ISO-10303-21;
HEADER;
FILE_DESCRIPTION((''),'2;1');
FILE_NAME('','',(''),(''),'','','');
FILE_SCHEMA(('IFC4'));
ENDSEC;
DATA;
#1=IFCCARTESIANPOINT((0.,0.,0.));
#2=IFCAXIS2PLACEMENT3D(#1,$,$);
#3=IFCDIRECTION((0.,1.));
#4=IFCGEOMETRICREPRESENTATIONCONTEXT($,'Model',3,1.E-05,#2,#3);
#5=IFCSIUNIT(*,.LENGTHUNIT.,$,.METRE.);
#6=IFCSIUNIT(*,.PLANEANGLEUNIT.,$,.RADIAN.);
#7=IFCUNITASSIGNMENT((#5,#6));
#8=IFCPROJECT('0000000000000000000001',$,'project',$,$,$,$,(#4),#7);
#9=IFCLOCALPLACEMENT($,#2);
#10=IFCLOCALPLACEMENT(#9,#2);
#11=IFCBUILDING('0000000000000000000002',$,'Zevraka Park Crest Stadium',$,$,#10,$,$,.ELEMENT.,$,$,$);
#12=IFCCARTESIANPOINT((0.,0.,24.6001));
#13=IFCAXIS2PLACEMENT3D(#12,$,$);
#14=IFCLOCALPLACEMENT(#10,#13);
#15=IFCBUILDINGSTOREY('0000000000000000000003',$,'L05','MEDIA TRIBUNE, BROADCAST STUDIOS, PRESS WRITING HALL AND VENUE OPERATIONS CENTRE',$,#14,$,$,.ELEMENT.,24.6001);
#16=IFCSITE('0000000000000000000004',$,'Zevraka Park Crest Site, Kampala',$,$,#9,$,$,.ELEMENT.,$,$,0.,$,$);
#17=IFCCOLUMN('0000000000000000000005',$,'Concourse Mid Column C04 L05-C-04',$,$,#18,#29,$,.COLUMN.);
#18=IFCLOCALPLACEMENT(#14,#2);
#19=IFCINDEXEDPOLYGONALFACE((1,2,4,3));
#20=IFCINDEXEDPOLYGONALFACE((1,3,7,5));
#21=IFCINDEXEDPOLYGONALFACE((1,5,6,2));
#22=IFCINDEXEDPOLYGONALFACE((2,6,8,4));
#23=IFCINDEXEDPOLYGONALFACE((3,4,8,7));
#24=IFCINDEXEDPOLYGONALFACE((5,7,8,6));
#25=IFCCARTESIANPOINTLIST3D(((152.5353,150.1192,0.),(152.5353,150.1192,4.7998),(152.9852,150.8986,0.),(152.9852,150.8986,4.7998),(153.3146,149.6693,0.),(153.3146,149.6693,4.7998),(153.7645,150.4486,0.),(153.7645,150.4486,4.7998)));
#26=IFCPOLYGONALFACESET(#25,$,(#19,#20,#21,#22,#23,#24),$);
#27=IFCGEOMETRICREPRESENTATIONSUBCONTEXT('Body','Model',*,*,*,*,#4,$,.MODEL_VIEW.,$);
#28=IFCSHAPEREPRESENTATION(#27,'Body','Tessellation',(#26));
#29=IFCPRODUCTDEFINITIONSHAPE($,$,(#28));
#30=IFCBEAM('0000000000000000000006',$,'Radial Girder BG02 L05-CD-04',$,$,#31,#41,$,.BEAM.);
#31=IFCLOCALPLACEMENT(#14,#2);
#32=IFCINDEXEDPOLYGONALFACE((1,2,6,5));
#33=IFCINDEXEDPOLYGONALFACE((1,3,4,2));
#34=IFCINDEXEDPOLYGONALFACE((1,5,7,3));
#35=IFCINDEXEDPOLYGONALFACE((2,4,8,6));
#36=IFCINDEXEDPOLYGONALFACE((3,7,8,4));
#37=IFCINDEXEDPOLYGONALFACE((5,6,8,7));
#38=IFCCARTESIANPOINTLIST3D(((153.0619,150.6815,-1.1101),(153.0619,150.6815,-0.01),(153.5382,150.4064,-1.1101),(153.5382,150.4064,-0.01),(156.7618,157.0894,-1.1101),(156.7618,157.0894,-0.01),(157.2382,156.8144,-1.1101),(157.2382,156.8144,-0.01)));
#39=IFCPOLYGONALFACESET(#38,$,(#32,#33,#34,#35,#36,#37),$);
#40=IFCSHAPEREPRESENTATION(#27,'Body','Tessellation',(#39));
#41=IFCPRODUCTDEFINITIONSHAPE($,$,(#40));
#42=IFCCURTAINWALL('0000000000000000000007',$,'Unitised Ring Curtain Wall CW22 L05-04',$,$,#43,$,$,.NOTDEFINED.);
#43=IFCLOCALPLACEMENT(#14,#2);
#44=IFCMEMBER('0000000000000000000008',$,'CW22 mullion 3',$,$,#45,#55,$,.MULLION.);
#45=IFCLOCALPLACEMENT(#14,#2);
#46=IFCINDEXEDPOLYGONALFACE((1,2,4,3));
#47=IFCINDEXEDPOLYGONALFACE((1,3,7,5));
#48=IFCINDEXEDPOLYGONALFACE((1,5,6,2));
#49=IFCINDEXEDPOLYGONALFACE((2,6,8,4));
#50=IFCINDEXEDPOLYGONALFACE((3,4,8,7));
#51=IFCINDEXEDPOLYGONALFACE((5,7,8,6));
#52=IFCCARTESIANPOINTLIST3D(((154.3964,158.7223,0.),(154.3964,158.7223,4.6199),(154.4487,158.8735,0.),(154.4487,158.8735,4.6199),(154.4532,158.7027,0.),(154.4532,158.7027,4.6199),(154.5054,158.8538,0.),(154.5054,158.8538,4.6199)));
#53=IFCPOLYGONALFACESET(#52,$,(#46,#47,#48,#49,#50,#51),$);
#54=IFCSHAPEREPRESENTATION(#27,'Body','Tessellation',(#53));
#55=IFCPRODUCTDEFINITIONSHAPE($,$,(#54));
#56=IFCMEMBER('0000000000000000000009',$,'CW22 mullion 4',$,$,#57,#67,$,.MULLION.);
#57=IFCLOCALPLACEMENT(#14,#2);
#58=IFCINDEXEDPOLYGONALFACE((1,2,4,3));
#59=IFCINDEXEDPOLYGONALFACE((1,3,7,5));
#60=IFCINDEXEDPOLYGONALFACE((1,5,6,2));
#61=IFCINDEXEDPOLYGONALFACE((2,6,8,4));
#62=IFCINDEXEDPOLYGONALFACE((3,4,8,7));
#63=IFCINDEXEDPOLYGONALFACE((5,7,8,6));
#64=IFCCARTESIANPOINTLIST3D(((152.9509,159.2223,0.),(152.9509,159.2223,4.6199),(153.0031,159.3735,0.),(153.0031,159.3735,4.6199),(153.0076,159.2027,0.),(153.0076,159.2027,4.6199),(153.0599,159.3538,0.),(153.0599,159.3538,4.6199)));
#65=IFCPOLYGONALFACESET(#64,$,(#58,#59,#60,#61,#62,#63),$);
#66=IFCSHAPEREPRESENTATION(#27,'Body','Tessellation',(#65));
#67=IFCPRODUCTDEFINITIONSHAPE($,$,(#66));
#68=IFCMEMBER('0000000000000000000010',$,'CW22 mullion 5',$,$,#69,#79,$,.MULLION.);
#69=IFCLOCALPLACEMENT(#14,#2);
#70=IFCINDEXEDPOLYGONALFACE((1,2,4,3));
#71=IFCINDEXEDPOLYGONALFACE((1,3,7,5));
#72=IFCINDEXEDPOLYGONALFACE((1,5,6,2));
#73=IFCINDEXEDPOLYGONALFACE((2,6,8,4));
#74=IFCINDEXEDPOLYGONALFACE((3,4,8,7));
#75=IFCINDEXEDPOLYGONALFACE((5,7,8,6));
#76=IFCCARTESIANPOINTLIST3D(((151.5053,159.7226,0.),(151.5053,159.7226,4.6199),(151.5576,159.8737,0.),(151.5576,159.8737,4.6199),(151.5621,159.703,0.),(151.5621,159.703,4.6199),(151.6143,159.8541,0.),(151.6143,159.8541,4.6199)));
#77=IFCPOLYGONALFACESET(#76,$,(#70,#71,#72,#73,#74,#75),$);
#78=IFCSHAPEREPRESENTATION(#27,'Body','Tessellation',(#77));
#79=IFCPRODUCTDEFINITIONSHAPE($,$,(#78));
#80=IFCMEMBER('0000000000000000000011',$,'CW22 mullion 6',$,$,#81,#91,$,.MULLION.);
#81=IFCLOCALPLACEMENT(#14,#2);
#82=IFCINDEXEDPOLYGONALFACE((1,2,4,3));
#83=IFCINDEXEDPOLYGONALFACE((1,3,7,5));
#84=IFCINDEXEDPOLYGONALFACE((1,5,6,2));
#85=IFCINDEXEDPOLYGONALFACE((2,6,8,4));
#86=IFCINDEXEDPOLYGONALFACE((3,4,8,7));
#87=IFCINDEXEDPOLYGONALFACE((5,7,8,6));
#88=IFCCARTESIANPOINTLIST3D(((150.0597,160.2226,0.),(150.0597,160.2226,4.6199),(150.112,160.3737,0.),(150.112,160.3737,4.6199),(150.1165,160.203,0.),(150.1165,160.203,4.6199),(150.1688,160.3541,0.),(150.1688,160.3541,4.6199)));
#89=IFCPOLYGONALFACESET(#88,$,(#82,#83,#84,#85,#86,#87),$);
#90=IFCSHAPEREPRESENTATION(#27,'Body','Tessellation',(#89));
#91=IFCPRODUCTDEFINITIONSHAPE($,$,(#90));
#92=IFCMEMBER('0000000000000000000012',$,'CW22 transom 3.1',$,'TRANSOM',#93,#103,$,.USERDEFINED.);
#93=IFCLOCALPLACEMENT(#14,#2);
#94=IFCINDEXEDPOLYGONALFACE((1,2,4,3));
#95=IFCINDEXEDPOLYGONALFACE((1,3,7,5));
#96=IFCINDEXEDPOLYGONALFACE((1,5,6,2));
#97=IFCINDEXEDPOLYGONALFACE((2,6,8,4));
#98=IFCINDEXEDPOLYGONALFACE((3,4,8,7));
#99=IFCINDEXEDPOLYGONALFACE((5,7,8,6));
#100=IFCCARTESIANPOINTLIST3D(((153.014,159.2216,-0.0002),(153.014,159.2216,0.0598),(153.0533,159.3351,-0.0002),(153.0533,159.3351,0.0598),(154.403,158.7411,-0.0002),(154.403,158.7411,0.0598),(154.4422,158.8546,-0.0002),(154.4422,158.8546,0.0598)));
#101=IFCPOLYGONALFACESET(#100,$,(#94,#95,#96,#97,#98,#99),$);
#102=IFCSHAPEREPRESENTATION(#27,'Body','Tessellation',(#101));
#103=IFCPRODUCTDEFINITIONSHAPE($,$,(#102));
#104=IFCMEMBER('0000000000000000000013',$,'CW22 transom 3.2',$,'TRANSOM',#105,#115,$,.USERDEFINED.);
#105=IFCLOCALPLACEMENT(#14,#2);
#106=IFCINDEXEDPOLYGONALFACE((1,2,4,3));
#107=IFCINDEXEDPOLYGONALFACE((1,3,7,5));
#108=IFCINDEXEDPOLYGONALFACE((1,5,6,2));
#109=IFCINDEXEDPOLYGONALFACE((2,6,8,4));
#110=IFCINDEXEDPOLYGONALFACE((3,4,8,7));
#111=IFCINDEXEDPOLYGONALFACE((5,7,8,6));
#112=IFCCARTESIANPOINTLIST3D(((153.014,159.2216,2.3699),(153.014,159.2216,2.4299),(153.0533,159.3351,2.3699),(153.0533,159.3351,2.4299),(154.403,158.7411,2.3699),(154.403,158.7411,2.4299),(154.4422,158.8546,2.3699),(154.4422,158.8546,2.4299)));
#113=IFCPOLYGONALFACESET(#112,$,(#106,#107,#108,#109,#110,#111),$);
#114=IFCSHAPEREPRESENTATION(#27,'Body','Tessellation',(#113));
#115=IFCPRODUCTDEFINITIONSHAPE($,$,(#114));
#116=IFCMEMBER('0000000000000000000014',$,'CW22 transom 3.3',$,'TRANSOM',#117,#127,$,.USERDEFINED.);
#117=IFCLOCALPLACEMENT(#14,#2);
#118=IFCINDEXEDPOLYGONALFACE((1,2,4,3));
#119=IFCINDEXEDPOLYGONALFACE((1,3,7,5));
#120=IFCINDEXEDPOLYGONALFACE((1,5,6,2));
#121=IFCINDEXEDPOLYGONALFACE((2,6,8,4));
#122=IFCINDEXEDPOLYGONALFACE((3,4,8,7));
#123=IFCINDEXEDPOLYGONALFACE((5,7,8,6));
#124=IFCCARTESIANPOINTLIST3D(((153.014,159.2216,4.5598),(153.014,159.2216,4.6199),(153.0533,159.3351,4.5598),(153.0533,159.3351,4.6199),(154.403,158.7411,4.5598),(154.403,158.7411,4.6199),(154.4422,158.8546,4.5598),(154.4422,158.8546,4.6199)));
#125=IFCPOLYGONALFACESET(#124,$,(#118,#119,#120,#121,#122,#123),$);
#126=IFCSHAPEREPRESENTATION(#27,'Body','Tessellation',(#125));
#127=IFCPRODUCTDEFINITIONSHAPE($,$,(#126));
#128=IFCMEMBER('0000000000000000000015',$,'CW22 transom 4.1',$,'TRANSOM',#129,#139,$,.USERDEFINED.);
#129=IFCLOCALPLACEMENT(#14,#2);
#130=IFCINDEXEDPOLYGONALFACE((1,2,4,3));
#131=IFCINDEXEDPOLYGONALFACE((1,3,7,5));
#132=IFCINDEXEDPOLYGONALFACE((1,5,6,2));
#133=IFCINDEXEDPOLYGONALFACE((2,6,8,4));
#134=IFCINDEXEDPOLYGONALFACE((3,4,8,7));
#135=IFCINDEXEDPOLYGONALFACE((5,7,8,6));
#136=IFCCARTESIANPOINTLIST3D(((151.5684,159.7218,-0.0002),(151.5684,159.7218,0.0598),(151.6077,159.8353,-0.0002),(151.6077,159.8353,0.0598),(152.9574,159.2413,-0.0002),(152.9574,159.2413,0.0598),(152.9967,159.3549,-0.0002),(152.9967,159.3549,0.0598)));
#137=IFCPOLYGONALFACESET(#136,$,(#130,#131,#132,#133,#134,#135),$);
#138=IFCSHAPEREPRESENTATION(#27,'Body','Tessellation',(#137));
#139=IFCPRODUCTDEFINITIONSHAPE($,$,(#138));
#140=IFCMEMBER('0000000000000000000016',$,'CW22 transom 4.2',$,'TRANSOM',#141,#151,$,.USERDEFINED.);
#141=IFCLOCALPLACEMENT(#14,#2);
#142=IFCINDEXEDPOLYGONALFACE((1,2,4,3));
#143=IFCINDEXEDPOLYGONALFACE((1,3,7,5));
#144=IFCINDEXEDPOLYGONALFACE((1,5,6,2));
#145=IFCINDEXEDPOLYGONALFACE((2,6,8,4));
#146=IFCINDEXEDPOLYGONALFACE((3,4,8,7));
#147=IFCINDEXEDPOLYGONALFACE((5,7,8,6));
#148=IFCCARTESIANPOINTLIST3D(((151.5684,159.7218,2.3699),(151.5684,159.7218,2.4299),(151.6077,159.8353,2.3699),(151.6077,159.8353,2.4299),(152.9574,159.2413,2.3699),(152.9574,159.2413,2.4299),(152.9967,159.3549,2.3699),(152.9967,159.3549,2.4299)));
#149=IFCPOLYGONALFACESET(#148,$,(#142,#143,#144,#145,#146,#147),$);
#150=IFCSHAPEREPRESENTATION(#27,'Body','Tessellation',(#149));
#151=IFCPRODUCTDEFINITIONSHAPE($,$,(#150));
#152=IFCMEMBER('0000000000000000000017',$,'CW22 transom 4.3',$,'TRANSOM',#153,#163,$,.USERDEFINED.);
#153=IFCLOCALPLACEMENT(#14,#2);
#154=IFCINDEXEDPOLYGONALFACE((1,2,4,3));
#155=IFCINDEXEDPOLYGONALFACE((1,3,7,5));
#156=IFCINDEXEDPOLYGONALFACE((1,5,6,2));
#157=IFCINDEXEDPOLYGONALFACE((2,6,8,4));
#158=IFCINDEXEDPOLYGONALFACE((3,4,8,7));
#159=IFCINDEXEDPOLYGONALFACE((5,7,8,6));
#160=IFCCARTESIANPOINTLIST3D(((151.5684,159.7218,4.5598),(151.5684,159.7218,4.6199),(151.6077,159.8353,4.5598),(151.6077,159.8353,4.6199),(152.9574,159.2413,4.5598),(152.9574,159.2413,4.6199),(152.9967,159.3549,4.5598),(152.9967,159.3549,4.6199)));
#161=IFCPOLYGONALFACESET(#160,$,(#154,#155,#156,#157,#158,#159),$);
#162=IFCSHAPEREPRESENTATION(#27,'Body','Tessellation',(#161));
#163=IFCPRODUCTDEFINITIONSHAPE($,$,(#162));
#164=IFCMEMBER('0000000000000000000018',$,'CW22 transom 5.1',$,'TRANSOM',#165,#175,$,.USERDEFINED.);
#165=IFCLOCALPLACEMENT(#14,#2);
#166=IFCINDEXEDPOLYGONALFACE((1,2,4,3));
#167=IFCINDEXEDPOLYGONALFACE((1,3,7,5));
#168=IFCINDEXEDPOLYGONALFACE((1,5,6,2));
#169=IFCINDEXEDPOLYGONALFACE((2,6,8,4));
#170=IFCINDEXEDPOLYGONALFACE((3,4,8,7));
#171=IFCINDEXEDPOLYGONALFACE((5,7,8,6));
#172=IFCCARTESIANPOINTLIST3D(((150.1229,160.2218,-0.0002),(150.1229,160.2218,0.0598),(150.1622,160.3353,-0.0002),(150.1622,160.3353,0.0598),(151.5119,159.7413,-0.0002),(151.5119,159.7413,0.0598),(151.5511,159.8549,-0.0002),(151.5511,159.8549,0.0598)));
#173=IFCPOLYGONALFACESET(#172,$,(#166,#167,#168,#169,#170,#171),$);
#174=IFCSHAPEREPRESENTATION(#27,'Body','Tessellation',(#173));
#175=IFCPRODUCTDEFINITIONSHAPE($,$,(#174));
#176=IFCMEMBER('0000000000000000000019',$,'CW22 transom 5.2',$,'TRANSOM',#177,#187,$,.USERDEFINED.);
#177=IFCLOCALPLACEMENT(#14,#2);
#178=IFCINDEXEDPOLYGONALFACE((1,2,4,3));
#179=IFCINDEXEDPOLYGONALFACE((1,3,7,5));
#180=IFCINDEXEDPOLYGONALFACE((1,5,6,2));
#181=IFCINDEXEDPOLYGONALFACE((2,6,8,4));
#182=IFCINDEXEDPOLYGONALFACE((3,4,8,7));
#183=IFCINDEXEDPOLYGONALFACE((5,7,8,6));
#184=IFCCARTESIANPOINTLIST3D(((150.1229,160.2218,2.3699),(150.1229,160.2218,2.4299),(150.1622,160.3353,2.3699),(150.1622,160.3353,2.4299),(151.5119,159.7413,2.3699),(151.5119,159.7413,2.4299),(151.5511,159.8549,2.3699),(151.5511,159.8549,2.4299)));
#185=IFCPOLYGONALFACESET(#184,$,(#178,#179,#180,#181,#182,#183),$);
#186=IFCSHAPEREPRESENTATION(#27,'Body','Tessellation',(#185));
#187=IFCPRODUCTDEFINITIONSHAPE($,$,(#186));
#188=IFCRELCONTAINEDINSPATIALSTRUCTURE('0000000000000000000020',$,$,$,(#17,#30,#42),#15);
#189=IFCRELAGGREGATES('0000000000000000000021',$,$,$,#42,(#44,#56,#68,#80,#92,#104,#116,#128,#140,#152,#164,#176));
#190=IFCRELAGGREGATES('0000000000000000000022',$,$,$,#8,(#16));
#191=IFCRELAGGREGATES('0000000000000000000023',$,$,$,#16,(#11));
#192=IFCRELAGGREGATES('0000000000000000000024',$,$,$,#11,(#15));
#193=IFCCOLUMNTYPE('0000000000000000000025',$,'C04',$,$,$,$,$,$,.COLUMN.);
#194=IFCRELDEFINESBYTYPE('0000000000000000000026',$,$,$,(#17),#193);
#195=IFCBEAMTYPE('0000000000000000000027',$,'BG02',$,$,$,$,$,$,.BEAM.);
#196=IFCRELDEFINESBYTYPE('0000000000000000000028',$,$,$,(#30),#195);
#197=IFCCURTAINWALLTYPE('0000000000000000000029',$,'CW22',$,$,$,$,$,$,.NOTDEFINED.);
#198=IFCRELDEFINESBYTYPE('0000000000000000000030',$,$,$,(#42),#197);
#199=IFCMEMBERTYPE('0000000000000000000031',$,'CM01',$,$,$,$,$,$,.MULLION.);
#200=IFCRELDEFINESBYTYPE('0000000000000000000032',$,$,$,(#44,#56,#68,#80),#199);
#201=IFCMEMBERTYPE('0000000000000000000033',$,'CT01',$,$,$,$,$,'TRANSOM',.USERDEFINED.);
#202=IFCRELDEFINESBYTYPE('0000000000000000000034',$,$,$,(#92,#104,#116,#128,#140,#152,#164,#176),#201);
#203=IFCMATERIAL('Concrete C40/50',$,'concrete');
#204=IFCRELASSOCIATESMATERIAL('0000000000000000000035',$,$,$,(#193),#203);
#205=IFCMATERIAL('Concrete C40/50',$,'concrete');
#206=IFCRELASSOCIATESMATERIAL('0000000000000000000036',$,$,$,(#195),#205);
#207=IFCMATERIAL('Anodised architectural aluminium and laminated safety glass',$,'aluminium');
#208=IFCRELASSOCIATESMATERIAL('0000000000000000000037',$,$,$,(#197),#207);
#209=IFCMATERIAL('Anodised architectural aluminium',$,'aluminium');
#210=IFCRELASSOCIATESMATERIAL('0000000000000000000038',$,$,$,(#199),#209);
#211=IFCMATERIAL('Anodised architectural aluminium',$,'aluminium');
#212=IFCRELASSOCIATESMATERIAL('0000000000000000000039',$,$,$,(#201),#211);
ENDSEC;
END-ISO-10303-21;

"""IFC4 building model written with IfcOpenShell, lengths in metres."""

from ifc_helpers import new_model, si_unit, direction, frame, origin, origin_2d, place, context, subcontext, project, spatial, rectangle, extrude, material, material_profile, profile_set, type_object, element, aggregate, save


model = new_model("IFC4")

# Units and contexts
model_context = context("Model", 3, precision=1e-05, world=origin(), true_north=direction((0.0, 1.0)))
body_context = subcontext(model_context, "Body", "Model", "MODEL_VIEW")
ifc_project = project(units=[si_unit("LENGTHUNIT", "METRE"), si_unit("PLANEANGLEUNIT", "RADIAN")], contexts=[model_context])

# Site, building, storey
site_placement = place(None, origin())
site = spatial("IfcSite", under=ifc_project, at=site_placement, Name="Zevraka Park Crest Site, Kampala", CompositionType="ELEMENT", RefElevation=0.0)
building_placement = place(site_placement, origin())
building = spatial("IfcBuilding", under=site, at=building_placement, Name="Zevraka Park Crest Stadium", CompositionType="ELEMENT")
storey_placement = place(building_placement, frame((0.0, 0.0, 24.6001)))
storey = spatial("IfcBuildingStorey", under=building, at=storey_placement, Name="L05", Description="MEDIA TRIBUNE, BROADCAST STUDIOS, PRESS WRITING HALL AND VENUE OPERATIONS CENTRE", CompositionType="ELEMENT", Elevation=24.6001)

# Column
ifc_material_1 = material(Name="Concrete C40/50", Category="concrete")
ifc_material_profile_1 = material_profile(ifc_material_1, rectangle(XDim=0.8999, YDim=0.8999, at=origin_2d()), Name="RC 900x900")
ifc_profile_set_1 = profile_set([ifc_material_profile_1], Name="Concrete C40/50")
column_type = type_object("IfcColumnType", Name="C04", PredefinedType="COLUMN", material=ifc_profile_set_1)
column_placement = place(storey_placement, frame((153.1499, 150.2839, 0.0), z_axis=(0.0, 0.0, 1.0), x_axis=(0.5, 0.866025, 0.0)))
element("IfcColumn", 1, at=column_placement, inside=storey, type_object=column_type, Name="Concourse Mid Column C04 L05-C-04", PredefinedType="COLUMN", context=body_context, shape_type="SweptSolid", body=[
    extrude(rectangle(XDim=0.8999, YDim=0.8999, at=origin_2d()), origin(), (0.0, 0.0, 1.0), 4.7998),
])

# Beam
ifc_material_2 = material(Name="Concrete C40/50", Category="concrete")
ifc_material_profile_2 = material_profile(ifc_material_2, rectangle(XDim=0.55, YDim=1.1001, at=origin_2d()), Name="RC 1100x550")
ifc_profile_set_2 = profile_set([ifc_material_profile_2], Name="Concrete C40/50")
beam_type_1 = type_object("IfcBeamType", Name="BG02", PredefinedType="BEAM", material=ifc_profile_set_2)
beam_1_placement = place(storey_placement, frame((153.3, 150.5439, -0.5601), z_axis=(0.500032, 0.866007, 0.0), x_axis=(-0.866007, 0.500032, 0.0)))
element("IfcBeam", 2, at=beam_1_placement, inside=storey, type_object=beam_type_1, Name="Radial Girder BG02 L05-CD-04", PredefinedType="BEAM", context=body_context, shape_type="SweptSolid", body=[
    extrude(rectangle(XDim=0.55, YDim=1.1001, at=origin_2d()), origin(), (0.0, 0.0, 1.0), 7.3994),
])

# Curtain wall, members
ifc_material_3 = material(Name="Anodised architectural aluminium and laminated safety glass", Category="aluminium")
curtain_wall_type = type_object("IfcCurtainWallType", Name="CW22", PredefinedType="NOTDEFINED", material=ifc_material_3)
curtain_wall_placement = place(storey_placement, origin())
curtain_wall = element("IfcCurtainWall", 3, at=curtain_wall_placement, inside=storey, type_object=curtain_wall_type, Name="Unitised Ring Curtain Wall CW22 L05-04", PredefinedType="NOTDEFINED")
ifc_material_4 = material(Name="Anodised architectural aluminium", Category="aluminium")
ifc_material_profile_3 = material_profile(ifc_material_4, rectangle(XDim=0.1599, YDim=0.0601, at=origin_2d()), Name="ALU MULLION 160x60")
ifc_profile_set_3 = profile_set([ifc_material_profile_3], Name="Anodised architectural aluminium")
member_type_1 = type_object("IfcMemberType", Name="CM01", PredefinedType="MULLION", material=ifc_profile_set_3)
member_1_placement = place(storey_placement, frame((154.4509, 158.7881, 0.0), z_axis=(0.0, 0.0, 1.0), x_axis=(-0.326929, -0.945049, 0.0)))
member_1 = element("IfcMember", 4, at=member_1_placement, type_object=member_type_1, Name="CW22 mullion 3", PredefinedType="MULLION", context=body_context, shape_type="SweptSolid", body=[
    extrude(rectangle(XDim=0.1599, YDim=0.0601, at=origin_2d()), origin(), (0.0, 0.0, 1.0), 4.6199),
])
member_2_placement = place(storey_placement, frame((153.0054, 159.2881, 0.0), z_axis=(0.0, 0.0, 1.0), x_axis=(-0.326929, -0.945049, 0.0)))
member_2 = element("IfcMember", 5, at=member_2_placement, type_object=member_type_1, Name="CW22 mullion 4", PredefinedType="MULLION", context=body_context, shape_type="SweptSolid", body=[
    extrude(rectangle(XDim=0.1599, YDim=0.0601, at=origin_2d()), origin(), (0.0, 0.0, 1.0), 4.6199),
])
member_3_placement = place(storey_placement, frame((151.5598, 159.7883, 0.0), z_axis=(0.0, 0.0, 1.0), x_axis=(-0.326929, -0.945049, 0.0)))
member_3 = element("IfcMember", 6, at=member_3_placement, type_object=member_type_1, Name="CW22 mullion 5", PredefinedType="MULLION", context=body_context, shape_type="SweptSolid", body=[
    extrude(rectangle(XDim=0.1599, YDim=0.0601, at=origin_2d()), origin(), (0.0, 0.0, 1.0), 4.6199),
])
member_4_placement = place(storey_placement, frame((150.1143, 160.2883, 0.0), z_axis=(0.0, 0.0, 1.0), x_axis=(-0.326929, -0.945049, 0.0)))
member_4 = element("IfcMember", 7, at=member_4_placement, type_object=member_type_1, Name="CW22 mullion 6", PredefinedType="MULLION", context=body_context, shape_type="SweptSolid", body=[
    extrude(rectangle(XDim=0.1599, YDim=0.0601, at=origin_2d()), origin(), (0.0, 0.0, 1.0), 4.6199),
])
ifc_material_5 = material(Name="Anodised architectural aluminium", Category="aluminium")
ifc_material_profile_4 = material_profile(ifc_material_5, rectangle(XDim=0.1201, YDim=0.0601, at=origin_2d()), Name="ALU TRANSOM 120x60")
ifc_profile_set_4 = profile_set([ifc_material_profile_4], Name="Anodised architectural aluminium")
member_type_2 = type_object("IfcMemberType", Name="CT01", ElementType="TRANSOM", PredefinedType="USERDEFINED", material=ifc_profile_set_4)
member_5_placement = place(storey_placement, frame((154.4226, 158.7979, 0.0298), z_axis=(-0.945051, 0.326922, 0.0), x_axis=(-0.326922, -0.945051, 0.0)))
member_5 = element("IfcMember", 8, at=member_5_placement, type_object=member_type_2, Name="CW22 transom 3.1", ObjectType="TRANSOM", PredefinedType="USERDEFINED", context=body_context, shape_type="SweptSolid", body=[
    extrude(rectangle(XDim=0.1201, YDim=0.0601, at=origin_2d()), origin(), (0.0, 0.0, 1.0), 1.4697),
])
member_6_placement = place(storey_placement, frame((154.4226, 158.7979, 2.3999), z_axis=(-0.945051, 0.326922, 0.0), x_axis=(-0.326922, -0.945051, 0.0)))
member_6 = element("IfcMember", 9, at=member_6_placement, type_object=member_type_2, Name="CW22 transom 3.2", ObjectType="TRANSOM", PredefinedType="USERDEFINED", context=body_context, shape_type="SweptSolid", body=[
    extrude(rectangle(XDim=0.1201, YDim=0.0601, at=origin_2d()), origin(), (0.0, 0.0, 1.0), 1.4697),
])
member_7_placement = place(storey_placement, frame((154.4226, 158.7979, 4.5898), z_axis=(-0.945051, 0.326922, 0.0), x_axis=(-0.326922, -0.945051, 0.0)))
member_7 = element("IfcMember", 10, at=member_7_placement, type_object=member_type_2, Name="CW22 transom 3.3", ObjectType="TRANSOM", PredefinedType="USERDEFINED", context=body_context, shape_type="SweptSolid", body=[
    extrude(rectangle(XDim=0.1201, YDim=0.0601, at=origin_2d()), origin(), (0.0, 0.0, 1.0), 1.4697),
])
member_8_placement = place(storey_placement, frame((152.9771, 159.2981, 0.0298), z_axis=(-0.945051, 0.326922, 0.0), x_axis=(-0.326922, -0.945051, 0.0)))
member_8 = element("IfcMember", 11, at=member_8_placement, type_object=member_type_2, Name="CW22 transom 4.1", ObjectType="TRANSOM", PredefinedType="USERDEFINED", context=body_context, shape_type="SweptSolid", body=[
    extrude(rectangle(XDim=0.1201, YDim=0.0601, at=origin_2d()), origin(), (0.0, 0.0, 1.0), 1.4697),
])
member_9_placement = place(storey_placement, frame((152.9771, 159.2981, 2.3999), z_axis=(-0.945051, 0.326922, 0.0), x_axis=(-0.326922, -0.945051, 0.0)))
member_9 = element("IfcMember", 12, at=member_9_placement, type_object=member_type_2, Name="CW22 transom 4.2", ObjectType="TRANSOM", PredefinedType="USERDEFINED", context=body_context, shape_type="SweptSolid", body=[
    extrude(rectangle(XDim=0.1201, YDim=0.0601, at=origin_2d()), origin(), (0.0, 0.0, 1.0), 1.4697),
])
member_10_placement = place(storey_placement, frame((152.9771, 159.2981, 4.5898), z_axis=(-0.945051, 0.326922, 0.0), x_axis=(-0.326922, -0.945051, 0.0)))
member_10 = element("IfcMember", 13, at=member_10_placement, type_object=member_type_2, Name="CW22 transom 4.3", ObjectType="TRANSOM", PredefinedType="USERDEFINED", context=body_context, shape_type="SweptSolid", body=[
    extrude(rectangle(XDim=0.1201, YDim=0.0601, at=origin_2d()), origin(), (0.0, 0.0, 1.0), 1.4697),
])
member_11_placement = place(storey_placement, frame((151.5315, 159.7981, 0.0298), z_axis=(-0.945051, 0.326922, 0.0), x_axis=(-0.326922, -0.945051, 0.0)))
member_11 = element("IfcMember", 14, at=member_11_placement, type_object=member_type_2, Name="CW22 transom 5.1", ObjectType="TRANSOM", PredefinedType="USERDEFINED", context=body_context, shape_type="SweptSolid", body=[
    extrude(rectangle(XDim=0.1201, YDim=0.0601, at=origin_2d()), origin(), (0.0, 0.0, 1.0), 1.4697),
])
member_12_placement = place(storey_placement, frame((151.5315, 159.7981, 2.3999), z_axis=(-0.945051, 0.326922, 0.0), x_axis=(-0.326922, -0.945051, 0.0)))
member_12 = element("IfcMember", 15, at=member_12_placement, type_object=member_type_2, Name="CW22 transom 5.2", ObjectType="TRANSOM", PredefinedType="USERDEFINED", context=body_context, shape_type="SweptSolid", body=[
    extrude(rectangle(XDim=0.1201, YDim=0.0601, at=origin_2d()), origin(), (0.0, 0.0, 1.0), 1.4697),
])

aggregate(curtain_wall, [member_1, member_2, member_3, member_4, member_5, member_6, member_7, member_8, member_9, member_10, member_11, member_12])

save(model, "model.ifc")
